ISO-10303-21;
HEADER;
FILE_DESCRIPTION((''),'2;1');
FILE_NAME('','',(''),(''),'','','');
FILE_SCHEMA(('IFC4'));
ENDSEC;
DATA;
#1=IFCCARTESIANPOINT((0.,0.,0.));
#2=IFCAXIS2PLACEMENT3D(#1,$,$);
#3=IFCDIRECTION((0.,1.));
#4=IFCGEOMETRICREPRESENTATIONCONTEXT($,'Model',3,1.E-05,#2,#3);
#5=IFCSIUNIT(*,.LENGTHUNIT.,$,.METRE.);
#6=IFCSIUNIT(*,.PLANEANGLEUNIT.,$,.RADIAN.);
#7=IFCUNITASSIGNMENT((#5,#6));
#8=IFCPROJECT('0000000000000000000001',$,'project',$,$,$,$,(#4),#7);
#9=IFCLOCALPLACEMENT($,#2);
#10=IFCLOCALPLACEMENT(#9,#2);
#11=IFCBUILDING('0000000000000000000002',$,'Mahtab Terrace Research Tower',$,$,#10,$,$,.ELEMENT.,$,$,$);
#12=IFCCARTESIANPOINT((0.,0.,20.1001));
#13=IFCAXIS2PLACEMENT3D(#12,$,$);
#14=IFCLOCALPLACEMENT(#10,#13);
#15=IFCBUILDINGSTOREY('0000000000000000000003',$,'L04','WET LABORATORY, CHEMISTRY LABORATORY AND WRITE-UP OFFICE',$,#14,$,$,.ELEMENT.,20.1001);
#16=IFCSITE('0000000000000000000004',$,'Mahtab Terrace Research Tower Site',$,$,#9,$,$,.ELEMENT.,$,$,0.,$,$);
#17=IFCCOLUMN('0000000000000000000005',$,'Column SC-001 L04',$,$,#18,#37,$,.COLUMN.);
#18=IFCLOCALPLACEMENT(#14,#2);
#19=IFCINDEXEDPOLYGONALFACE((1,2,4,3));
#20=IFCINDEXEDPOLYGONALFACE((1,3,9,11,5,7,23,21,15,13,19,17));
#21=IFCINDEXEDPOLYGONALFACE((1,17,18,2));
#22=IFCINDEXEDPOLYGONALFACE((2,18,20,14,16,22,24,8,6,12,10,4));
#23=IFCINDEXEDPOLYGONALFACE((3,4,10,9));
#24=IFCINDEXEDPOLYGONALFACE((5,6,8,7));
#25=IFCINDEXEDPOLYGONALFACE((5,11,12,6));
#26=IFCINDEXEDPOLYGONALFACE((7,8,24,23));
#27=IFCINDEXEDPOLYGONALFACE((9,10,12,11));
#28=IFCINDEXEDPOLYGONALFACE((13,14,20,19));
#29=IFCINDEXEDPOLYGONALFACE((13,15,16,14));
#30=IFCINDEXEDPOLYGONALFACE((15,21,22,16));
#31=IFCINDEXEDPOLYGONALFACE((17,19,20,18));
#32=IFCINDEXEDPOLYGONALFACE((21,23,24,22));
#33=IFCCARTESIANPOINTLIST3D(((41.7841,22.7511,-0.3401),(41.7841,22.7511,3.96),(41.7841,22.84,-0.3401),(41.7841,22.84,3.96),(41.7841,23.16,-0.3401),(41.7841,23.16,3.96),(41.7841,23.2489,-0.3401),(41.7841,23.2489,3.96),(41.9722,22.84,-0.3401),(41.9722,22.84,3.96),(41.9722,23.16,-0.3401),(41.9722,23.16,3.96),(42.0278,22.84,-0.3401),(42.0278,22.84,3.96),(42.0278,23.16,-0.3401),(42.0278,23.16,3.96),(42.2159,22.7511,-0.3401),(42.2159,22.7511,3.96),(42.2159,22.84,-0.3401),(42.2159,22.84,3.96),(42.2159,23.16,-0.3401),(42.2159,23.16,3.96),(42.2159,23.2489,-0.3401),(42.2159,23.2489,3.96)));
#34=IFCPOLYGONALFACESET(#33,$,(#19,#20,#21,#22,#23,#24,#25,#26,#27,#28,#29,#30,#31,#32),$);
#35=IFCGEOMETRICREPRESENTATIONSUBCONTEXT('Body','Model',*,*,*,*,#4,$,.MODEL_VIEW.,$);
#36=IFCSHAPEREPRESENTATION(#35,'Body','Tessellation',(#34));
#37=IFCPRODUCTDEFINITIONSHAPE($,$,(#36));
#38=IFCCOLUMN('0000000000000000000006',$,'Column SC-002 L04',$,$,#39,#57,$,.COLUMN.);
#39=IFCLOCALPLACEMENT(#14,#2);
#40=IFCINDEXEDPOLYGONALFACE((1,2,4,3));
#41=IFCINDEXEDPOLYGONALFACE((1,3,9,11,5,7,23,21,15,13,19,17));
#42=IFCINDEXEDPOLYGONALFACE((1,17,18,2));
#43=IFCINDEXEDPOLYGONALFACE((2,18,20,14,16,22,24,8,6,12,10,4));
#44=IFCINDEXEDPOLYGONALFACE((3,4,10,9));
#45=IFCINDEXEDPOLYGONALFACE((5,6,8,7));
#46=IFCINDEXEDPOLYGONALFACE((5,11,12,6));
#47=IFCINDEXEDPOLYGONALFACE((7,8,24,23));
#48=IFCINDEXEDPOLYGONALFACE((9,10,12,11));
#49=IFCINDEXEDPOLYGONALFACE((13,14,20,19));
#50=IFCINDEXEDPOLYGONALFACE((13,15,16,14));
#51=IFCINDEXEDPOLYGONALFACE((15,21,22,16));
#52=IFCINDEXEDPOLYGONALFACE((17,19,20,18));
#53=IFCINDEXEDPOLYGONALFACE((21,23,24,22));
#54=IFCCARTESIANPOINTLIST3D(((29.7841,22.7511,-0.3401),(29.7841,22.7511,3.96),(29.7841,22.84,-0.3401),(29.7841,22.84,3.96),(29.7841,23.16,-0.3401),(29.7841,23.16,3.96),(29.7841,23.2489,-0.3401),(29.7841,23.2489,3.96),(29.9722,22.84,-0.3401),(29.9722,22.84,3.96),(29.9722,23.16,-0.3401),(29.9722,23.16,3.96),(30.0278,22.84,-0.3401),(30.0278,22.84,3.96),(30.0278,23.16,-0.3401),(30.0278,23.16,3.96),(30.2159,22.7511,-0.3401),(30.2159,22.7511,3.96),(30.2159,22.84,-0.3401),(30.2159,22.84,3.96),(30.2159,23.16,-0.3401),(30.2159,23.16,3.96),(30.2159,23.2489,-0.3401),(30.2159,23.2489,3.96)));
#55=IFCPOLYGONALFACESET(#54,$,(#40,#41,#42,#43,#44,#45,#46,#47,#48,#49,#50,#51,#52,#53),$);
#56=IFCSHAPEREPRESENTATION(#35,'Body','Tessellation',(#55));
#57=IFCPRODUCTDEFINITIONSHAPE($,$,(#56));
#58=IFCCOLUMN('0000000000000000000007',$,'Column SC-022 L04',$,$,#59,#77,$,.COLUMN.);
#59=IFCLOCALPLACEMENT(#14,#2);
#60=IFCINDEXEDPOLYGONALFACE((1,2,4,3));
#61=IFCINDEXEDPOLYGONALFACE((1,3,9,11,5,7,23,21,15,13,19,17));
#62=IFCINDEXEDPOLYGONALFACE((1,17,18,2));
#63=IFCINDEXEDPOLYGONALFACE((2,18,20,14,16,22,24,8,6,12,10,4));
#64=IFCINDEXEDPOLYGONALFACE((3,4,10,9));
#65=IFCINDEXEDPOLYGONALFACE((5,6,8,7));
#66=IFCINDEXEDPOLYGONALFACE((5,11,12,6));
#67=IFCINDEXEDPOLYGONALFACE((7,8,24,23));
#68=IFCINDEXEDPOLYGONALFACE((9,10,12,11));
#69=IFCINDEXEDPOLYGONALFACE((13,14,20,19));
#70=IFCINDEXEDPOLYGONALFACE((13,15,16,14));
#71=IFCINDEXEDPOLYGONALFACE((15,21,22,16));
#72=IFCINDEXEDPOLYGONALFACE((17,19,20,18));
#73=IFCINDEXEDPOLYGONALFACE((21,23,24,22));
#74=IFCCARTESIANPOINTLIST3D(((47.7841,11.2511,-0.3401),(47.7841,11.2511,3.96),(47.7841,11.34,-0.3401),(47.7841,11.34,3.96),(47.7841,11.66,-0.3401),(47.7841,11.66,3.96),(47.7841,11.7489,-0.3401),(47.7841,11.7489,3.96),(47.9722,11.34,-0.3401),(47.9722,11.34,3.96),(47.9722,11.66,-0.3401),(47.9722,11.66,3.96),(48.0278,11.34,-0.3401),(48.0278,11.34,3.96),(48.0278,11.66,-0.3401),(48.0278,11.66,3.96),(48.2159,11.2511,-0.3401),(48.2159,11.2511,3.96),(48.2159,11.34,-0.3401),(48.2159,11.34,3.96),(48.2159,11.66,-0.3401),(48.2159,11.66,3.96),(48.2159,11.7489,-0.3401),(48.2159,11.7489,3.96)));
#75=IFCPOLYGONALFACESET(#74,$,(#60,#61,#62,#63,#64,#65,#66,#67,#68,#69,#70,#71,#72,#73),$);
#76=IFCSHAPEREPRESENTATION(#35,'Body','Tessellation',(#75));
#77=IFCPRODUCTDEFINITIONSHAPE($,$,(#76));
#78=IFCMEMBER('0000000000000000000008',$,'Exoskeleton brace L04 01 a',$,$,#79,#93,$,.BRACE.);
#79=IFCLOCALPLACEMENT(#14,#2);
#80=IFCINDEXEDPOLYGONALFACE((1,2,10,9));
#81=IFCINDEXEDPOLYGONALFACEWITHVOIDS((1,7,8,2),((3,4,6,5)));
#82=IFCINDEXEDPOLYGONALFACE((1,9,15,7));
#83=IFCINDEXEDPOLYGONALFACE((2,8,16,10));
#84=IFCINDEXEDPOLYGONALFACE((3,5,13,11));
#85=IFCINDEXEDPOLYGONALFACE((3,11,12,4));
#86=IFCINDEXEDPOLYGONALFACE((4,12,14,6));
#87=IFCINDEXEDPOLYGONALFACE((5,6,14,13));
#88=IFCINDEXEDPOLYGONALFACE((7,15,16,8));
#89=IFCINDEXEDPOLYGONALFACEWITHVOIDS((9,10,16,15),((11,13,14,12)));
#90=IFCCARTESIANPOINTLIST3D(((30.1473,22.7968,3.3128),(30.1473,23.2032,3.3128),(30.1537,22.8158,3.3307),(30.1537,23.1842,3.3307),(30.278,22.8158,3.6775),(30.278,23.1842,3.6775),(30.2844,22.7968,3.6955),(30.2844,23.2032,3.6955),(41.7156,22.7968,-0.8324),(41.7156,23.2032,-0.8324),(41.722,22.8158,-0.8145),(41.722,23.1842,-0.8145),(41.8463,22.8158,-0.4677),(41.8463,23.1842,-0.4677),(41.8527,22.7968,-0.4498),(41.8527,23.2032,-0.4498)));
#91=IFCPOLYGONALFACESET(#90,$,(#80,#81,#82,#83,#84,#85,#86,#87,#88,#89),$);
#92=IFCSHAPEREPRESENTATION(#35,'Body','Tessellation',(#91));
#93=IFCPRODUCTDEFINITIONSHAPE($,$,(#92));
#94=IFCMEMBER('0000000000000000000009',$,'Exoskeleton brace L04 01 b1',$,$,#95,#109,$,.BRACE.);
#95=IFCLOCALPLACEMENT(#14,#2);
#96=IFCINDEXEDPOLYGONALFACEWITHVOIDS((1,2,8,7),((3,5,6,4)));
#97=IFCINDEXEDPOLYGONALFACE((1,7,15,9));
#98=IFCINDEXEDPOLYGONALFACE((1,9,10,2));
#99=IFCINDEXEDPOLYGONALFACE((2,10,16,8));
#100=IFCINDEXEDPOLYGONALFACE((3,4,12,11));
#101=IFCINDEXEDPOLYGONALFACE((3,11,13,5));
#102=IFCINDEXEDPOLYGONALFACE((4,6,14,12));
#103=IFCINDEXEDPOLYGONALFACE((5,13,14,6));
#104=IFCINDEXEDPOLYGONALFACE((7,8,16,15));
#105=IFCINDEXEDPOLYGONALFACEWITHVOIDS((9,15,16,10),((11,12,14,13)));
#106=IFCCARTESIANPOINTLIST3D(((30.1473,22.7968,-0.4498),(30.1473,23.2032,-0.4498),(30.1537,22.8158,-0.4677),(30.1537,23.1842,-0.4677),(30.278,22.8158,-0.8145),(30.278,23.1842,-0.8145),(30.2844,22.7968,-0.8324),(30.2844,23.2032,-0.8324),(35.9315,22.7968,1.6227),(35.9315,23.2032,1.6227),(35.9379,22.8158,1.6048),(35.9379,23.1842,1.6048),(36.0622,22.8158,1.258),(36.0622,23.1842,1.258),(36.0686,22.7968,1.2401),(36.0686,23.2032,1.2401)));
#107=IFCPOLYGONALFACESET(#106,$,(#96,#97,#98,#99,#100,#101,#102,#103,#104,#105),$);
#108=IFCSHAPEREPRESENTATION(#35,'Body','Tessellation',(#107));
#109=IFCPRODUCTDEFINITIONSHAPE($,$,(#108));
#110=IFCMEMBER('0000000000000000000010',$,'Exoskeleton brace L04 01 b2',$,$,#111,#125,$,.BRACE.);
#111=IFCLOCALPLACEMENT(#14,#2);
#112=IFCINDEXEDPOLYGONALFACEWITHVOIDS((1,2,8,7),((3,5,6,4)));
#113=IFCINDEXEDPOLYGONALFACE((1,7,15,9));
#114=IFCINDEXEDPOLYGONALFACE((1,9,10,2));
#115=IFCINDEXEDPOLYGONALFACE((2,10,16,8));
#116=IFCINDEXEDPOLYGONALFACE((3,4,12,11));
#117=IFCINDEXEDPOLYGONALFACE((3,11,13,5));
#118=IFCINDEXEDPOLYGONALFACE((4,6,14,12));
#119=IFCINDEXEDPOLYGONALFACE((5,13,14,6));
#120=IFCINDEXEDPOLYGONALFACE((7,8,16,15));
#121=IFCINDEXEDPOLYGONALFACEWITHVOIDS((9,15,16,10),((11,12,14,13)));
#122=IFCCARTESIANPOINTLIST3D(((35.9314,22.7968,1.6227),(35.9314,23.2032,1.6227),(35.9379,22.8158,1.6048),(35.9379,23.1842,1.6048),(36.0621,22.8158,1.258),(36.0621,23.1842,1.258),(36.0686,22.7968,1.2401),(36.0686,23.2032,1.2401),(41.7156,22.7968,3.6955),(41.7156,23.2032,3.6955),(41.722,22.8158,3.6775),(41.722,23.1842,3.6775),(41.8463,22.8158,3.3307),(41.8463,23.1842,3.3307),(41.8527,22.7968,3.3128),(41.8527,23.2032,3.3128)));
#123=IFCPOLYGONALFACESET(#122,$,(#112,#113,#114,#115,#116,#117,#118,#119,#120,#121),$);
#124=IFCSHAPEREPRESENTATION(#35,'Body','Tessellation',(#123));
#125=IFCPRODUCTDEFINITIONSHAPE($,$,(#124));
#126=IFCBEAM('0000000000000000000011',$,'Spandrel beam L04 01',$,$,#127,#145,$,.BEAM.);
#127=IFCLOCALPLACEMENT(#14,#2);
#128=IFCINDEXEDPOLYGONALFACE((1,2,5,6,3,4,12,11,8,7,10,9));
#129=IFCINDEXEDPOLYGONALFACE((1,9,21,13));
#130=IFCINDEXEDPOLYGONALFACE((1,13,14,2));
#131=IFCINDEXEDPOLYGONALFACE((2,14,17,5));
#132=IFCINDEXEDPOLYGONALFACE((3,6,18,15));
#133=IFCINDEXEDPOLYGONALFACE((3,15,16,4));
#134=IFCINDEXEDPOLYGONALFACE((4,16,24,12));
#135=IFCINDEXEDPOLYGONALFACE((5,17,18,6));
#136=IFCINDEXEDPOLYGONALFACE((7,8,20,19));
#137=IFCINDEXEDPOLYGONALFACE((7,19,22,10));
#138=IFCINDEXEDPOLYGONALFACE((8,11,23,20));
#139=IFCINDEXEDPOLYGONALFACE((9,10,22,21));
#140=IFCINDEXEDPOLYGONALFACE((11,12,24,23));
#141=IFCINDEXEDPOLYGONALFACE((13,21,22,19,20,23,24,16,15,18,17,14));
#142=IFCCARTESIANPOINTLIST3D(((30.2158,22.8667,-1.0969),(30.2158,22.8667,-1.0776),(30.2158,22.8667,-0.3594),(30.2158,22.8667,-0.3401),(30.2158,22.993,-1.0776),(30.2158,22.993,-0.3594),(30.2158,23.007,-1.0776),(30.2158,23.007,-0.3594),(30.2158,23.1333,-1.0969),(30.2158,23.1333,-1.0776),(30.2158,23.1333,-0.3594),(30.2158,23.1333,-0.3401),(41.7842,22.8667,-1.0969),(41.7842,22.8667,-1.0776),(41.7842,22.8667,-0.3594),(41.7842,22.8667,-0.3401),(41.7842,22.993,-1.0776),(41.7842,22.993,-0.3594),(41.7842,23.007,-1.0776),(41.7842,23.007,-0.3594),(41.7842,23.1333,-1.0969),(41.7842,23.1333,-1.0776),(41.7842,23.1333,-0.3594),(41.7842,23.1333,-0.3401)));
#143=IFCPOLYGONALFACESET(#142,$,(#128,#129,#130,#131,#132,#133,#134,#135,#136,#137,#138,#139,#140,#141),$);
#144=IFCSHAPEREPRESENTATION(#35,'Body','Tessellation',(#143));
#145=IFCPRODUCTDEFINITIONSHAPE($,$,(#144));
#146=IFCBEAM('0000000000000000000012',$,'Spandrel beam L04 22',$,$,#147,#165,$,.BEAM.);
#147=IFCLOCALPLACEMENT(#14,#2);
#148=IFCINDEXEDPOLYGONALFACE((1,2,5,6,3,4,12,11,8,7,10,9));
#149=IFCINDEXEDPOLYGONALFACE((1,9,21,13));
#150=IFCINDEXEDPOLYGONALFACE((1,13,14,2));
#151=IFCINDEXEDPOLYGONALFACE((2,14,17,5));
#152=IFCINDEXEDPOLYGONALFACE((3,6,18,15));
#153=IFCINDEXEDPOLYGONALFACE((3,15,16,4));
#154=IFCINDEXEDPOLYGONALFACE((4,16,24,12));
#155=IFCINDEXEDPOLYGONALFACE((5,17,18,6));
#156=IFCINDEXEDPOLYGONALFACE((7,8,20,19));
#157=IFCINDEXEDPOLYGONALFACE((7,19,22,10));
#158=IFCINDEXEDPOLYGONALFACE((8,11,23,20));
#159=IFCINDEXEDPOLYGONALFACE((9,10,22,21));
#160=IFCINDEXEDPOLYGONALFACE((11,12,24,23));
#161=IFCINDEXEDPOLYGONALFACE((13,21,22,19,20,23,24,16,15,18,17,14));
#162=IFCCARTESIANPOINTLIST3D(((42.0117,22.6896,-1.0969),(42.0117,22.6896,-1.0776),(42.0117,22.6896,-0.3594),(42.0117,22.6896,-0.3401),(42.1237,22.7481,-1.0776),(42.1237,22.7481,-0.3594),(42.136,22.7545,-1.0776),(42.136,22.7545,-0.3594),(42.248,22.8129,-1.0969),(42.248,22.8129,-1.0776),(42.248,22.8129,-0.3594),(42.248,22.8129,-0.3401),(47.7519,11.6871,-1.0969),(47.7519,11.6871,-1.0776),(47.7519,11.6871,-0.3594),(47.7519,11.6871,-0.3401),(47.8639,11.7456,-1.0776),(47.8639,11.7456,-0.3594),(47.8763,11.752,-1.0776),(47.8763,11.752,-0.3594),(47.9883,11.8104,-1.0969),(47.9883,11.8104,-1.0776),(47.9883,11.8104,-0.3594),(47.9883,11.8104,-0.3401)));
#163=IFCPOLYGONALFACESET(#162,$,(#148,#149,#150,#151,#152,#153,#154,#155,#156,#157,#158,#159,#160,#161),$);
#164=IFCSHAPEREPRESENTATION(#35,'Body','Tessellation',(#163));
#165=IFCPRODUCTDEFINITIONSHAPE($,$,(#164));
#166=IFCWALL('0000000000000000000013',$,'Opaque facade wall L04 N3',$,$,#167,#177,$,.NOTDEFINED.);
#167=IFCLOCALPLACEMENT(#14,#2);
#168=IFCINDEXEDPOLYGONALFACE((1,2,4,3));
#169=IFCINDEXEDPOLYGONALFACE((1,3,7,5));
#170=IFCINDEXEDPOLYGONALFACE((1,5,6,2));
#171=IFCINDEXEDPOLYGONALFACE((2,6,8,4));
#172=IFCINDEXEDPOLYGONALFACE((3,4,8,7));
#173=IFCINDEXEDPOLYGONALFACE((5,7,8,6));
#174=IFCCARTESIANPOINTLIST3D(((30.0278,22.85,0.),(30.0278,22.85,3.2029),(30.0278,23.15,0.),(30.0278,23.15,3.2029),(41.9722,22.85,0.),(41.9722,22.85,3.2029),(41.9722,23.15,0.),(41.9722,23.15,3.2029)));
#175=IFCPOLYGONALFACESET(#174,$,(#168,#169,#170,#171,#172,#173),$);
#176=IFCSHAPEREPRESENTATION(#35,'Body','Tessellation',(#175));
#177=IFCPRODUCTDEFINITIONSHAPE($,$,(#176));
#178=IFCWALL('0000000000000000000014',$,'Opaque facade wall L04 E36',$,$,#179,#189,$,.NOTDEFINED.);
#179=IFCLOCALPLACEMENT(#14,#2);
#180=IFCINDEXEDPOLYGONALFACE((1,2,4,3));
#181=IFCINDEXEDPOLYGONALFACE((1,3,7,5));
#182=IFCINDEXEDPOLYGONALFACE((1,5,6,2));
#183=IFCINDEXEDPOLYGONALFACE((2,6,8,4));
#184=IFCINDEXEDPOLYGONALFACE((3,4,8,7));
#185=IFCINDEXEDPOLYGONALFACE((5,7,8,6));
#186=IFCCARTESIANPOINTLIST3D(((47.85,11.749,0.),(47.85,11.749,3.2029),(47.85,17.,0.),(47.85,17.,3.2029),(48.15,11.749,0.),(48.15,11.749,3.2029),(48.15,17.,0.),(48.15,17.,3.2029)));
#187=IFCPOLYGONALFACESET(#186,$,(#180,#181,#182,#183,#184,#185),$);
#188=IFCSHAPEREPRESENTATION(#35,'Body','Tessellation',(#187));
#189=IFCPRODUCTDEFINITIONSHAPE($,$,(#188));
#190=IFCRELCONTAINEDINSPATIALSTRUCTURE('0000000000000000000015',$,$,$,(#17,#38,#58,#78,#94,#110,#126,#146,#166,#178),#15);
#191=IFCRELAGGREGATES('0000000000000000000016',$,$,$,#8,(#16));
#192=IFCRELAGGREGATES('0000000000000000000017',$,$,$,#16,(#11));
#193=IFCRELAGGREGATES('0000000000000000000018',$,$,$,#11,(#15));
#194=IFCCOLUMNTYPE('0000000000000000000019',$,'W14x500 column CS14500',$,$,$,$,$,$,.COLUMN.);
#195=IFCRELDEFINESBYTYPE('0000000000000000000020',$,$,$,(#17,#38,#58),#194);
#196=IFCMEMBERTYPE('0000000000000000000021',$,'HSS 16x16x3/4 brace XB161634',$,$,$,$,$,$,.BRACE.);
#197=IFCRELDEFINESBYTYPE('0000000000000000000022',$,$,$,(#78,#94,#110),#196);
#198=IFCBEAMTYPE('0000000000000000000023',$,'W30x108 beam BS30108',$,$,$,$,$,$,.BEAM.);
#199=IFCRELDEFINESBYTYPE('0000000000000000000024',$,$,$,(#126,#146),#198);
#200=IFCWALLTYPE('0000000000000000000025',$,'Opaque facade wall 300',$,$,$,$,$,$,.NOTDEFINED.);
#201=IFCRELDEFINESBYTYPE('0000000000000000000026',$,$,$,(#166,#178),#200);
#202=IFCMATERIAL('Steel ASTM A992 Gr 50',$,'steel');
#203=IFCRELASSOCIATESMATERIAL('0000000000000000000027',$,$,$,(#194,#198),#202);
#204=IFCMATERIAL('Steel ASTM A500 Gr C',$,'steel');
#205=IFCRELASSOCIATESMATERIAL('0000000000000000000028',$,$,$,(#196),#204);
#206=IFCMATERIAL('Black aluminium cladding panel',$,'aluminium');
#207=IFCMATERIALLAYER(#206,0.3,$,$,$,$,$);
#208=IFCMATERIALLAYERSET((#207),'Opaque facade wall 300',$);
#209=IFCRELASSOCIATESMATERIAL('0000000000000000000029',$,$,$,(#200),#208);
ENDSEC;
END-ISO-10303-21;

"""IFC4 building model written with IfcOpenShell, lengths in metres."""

from ifc_helpers import new_model, si_unit, direction, frame, frame_2d, origin, origin_2d, place, context, subcontext, project, spatial, rectangle, hollow_rectangle, i_section, extrude, material, layer, layer_set, material_profile, profile_set, type_object, element, save


model = new_model("IFC4")

# Units and contexts
model_context = context("Model", 3, precision=1e-05, world=origin(), true_north=direction((0.0, 1.0)))
body_context = subcontext(model_context, "Body", "Model", "MODEL_VIEW")
ifc_project = project(units=[si_unit("LENGTHUNIT", "METRE"), si_unit("PLANEANGLEUNIT", "RADIAN")], contexts=[model_context])

# Site, building, storey
site_placement = place(None, origin())
site = spatial("IfcSite", under=ifc_project, at=site_placement, Name="Mahtab Terrace Research Tower Site", CompositionType="ELEMENT", RefElevation=0.0)
building_placement = place(site_placement, origin())
building = spatial("IfcBuilding", under=site, at=building_placement, Name="Mahtab Terrace Research Tower", CompositionType="ELEMENT")
storey_placement = place(building_placement, frame((0.0, 0.0, 20.1001)))
storey = spatial("IfcBuildingStorey", under=building, at=storey_placement, Name="L04", Description="WET LABORATORY, CHEMISTRY LABORATORY AND WRITE-UP OFFICE", CompositionType="ELEMENT", Elevation=20.1001)

# Columns
ifc_material_1 = material(Name="Steel ASTM A992 Gr 50", Category="steel")
ifc_material_profile_1 = material_profile(ifc_material_1, i_section(OverallWidth=0.4319, OverallDepth=0.4978, WebThickness=0.0557, FlangeThickness=0.0889, at=origin_2d()), Name="W14X500")
ifc_profile_set_1 = profile_set([ifc_material_profile_1], Name="Steel ASTM A992 Gr 50")
column_type = type_object("IfcColumnType", Name="W14x500 column CS14500", PredefinedType="COLUMN", material=ifc_profile_set_1)
for number, where, z_axis, x_axis, name in (
    (1, (42.0, 23.0, -0.3401), (0.0, 0.0, 1.0), (1.0, 0.0, 0.0), "Column SC-001 L04"),
    (2, (30.0, 23.0, -0.3401), (0.0, 0.0, 1.0), (1.0, 0.0, 0.0), "Column SC-002 L04"),
    (3, (48.0, 11.5, -0.3401), (0.0, 0.0, 1.0), (1.0, 0.0, 0.0), "Column SC-022 L04"),
):
    element("IfcColumn", number, at=place(storey_placement, frame(where, z_axis=z_axis, x_axis=x_axis)), inside=storey, type_object=column_type, Name=name, PredefinedType="COLUMN", context=body_context, shape_type="SweptSolid", body=[
        extrude(i_section(OverallWidth=0.4319, OverallDepth=0.4978, WebThickness=0.0557, FlangeThickness=0.0889, at=origin_2d()), origin(), (0.0, 0.0, 1.0), 4.3),
    ])

# Members
ifc_material_2 = material(Name="Steel ASTM A500 Gr C", Category="steel")
ifc_material_profile_2 = material_profile(ifc_material_2, hollow_rectangle(XDim=0.4065, YDim=0.4065, WallThickness=0.019, at=origin_2d()), Name="HSS16X16X3/4")
ifc_profile_set_2 = profile_set([ifc_material_profile_2], Name="Steel ASTM A500 Gr C")
member_type = type_object("IfcMemberType", Name="HSS 16x16x3/4 brace XB161634", PredefinedType="BRACE", material=ifc_profile_set_2)
member_placement = place(storey_placement, frame((41.7842, 23.0, -0.6411), z_axis=(-0.941388, 0.0, 0.337325), x_axis=(0.0, -1.0, 0.0)))
element("IfcMember", 4, at=member_placement, inside=storey, type_object=member_type, Name="Exoskeleton brace L04 01 a", PredefinedType="BRACE", context=body_context, shape_type="SweptSolid", body=[
    extrude(hollow_rectangle(XDim=0.4065, YDim=0.4065, WallThickness=0.019, at=origin_2d()), origin(), (0.0, 0.0, 1.0), 12.2886),
])
for number, where, z_axis, x_axis, name in (
    (5, (30.2158, 23.0, -0.6411), (0.941394, 0.0, 0.337308), (0.0, 1.0, 0.0), "Exoskeleton brace L04 01 b1"),
    (6, (36.0, 23.0, 1.4314), (0.941382, 0.0, 0.337343), (0.0, 1.0, 0.0), "Exoskeleton brace L04 01 b2"),
):
    element("IfcMember", number, at=place(storey_placement, frame(where, z_axis=z_axis, x_axis=x_axis)), inside=storey, type_object=member_type, Name=name, PredefinedType="BRACE", context=body_context, shape_type="SweptSolid", body=[
        extrude(hollow_rectangle(XDim=0.4065, YDim=0.4065, WallThickness=0.019, at=origin_2d()), origin(), (0.0, 0.0, 1.0), 6.1443),
    ])

# Beams
ifc_material_profile_3 = material_profile(ifc_material_1, i_section(OverallWidth=0.2666, OverallDepth=0.7568, WebThickness=0.0139, FlangeThickness=0.0193, at=origin_2d()), Name="W30X108")
ifc_profile_set_3 = profile_set([ifc_material_profile_3], Name="Steel ASTM A992 Gr 50")
beam_type = type_object("IfcBeamType", Name="W30x108 beam BS30108", PredefinedType="BEAM", material=ifc_profile_set_3)
beam_1_placement = place(storey_placement, frame((41.7842, 23.0, -0.7185), z_axis=(-1.0, 0.0, 0.0), x_axis=(0.0, -1.0, 0.0)))
element("IfcBeam", 7, at=beam_1_placement, inside=storey, type_object=beam_type, Name="Spandrel beam L04 01", PredefinedType="BEAM", context=body_context, shape_type="SweptSolid", body=[
    extrude(i_section(OverallWidth=0.2666, OverallDepth=0.7568, WebThickness=0.0139, FlangeThickness=0.0193, at=origin_2d()), origin(), (0.0, 0.0, 1.0), 11.5684),
])
beam_2_placement = place(storey_placement, frame((47.8701, 11.7488, -0.7185), z_axis=(-0.462555, 0.88659, 0.0), x_axis=(-0.88659, -0.462555, 0.0)))
element("IfcBeam", 8, at=beam_2_placement, inside=storey, type_object=beam_type, Name="Spandrel beam L04 22", PredefinedType="BEAM", context=body_context, shape_type="SweptSolid", body=[
    extrude(i_section(OverallWidth=0.2666, OverallDepth=0.7568, WebThickness=0.0139, FlangeThickness=0.0193, at=origin_2d()), origin(), (0.0, 0.0, 1.0), 12.4099),
])

# Walls
ifc_material_3 = material(Name="Black aluminium cladding panel", Category="aluminium")
ifc_layer_1 = layer(ifc_material_3, 0.3)
ifc_layer_set_1 = layer_set([ifc_layer_1], Name="Opaque facade wall 300")
wall_type_1 = type_object("IfcWallType", Name="Opaque facade wall 300", PredefinedType="NOTDEFINED", material=ifc_layer_set_1)
wall_1_placement = place(storey_placement, frame((41.9722, 23.0, 0.0), z_axis=(0.0, 0.0, 1.0), x_axis=(-1.0, 0.0, 0.0)))
element("IfcWall", 9, at=wall_1_placement, inside=storey, type_object=wall_type_1, Name="Opaque facade wall L04 N3", PredefinedType="NOTDEFINED", context=body_context, shape_type="SweptSolid", body=[
    extrude(rectangle(XDim=11.9443, YDim=0.3, at=frame_2d((5.9722, 0.0))), origin(), (0.0, 0.0, 1.0), 3.2029),
])
wall_2_placement = place(storey_placement, frame((48.0, 11.749, 0.0), z_axis=(0.0, 0.0, 1.0), x_axis=(0.0, 1.0, 0.0)))
element("IfcWall", 10, at=wall_2_placement, inside=storey, type_object=wall_type_1, Name="Opaque facade wall L04 E36", PredefinedType="NOTDEFINED", context=body_context, shape_type="SweptSolid", body=[
    extrude(rectangle(XDim=5.251, YDim=0.3, at=frame_2d((2.6255, 0.0))), origin(), (0.0, 0.0, 1.0), 3.2029),
])

save(model, "model.ifc")
